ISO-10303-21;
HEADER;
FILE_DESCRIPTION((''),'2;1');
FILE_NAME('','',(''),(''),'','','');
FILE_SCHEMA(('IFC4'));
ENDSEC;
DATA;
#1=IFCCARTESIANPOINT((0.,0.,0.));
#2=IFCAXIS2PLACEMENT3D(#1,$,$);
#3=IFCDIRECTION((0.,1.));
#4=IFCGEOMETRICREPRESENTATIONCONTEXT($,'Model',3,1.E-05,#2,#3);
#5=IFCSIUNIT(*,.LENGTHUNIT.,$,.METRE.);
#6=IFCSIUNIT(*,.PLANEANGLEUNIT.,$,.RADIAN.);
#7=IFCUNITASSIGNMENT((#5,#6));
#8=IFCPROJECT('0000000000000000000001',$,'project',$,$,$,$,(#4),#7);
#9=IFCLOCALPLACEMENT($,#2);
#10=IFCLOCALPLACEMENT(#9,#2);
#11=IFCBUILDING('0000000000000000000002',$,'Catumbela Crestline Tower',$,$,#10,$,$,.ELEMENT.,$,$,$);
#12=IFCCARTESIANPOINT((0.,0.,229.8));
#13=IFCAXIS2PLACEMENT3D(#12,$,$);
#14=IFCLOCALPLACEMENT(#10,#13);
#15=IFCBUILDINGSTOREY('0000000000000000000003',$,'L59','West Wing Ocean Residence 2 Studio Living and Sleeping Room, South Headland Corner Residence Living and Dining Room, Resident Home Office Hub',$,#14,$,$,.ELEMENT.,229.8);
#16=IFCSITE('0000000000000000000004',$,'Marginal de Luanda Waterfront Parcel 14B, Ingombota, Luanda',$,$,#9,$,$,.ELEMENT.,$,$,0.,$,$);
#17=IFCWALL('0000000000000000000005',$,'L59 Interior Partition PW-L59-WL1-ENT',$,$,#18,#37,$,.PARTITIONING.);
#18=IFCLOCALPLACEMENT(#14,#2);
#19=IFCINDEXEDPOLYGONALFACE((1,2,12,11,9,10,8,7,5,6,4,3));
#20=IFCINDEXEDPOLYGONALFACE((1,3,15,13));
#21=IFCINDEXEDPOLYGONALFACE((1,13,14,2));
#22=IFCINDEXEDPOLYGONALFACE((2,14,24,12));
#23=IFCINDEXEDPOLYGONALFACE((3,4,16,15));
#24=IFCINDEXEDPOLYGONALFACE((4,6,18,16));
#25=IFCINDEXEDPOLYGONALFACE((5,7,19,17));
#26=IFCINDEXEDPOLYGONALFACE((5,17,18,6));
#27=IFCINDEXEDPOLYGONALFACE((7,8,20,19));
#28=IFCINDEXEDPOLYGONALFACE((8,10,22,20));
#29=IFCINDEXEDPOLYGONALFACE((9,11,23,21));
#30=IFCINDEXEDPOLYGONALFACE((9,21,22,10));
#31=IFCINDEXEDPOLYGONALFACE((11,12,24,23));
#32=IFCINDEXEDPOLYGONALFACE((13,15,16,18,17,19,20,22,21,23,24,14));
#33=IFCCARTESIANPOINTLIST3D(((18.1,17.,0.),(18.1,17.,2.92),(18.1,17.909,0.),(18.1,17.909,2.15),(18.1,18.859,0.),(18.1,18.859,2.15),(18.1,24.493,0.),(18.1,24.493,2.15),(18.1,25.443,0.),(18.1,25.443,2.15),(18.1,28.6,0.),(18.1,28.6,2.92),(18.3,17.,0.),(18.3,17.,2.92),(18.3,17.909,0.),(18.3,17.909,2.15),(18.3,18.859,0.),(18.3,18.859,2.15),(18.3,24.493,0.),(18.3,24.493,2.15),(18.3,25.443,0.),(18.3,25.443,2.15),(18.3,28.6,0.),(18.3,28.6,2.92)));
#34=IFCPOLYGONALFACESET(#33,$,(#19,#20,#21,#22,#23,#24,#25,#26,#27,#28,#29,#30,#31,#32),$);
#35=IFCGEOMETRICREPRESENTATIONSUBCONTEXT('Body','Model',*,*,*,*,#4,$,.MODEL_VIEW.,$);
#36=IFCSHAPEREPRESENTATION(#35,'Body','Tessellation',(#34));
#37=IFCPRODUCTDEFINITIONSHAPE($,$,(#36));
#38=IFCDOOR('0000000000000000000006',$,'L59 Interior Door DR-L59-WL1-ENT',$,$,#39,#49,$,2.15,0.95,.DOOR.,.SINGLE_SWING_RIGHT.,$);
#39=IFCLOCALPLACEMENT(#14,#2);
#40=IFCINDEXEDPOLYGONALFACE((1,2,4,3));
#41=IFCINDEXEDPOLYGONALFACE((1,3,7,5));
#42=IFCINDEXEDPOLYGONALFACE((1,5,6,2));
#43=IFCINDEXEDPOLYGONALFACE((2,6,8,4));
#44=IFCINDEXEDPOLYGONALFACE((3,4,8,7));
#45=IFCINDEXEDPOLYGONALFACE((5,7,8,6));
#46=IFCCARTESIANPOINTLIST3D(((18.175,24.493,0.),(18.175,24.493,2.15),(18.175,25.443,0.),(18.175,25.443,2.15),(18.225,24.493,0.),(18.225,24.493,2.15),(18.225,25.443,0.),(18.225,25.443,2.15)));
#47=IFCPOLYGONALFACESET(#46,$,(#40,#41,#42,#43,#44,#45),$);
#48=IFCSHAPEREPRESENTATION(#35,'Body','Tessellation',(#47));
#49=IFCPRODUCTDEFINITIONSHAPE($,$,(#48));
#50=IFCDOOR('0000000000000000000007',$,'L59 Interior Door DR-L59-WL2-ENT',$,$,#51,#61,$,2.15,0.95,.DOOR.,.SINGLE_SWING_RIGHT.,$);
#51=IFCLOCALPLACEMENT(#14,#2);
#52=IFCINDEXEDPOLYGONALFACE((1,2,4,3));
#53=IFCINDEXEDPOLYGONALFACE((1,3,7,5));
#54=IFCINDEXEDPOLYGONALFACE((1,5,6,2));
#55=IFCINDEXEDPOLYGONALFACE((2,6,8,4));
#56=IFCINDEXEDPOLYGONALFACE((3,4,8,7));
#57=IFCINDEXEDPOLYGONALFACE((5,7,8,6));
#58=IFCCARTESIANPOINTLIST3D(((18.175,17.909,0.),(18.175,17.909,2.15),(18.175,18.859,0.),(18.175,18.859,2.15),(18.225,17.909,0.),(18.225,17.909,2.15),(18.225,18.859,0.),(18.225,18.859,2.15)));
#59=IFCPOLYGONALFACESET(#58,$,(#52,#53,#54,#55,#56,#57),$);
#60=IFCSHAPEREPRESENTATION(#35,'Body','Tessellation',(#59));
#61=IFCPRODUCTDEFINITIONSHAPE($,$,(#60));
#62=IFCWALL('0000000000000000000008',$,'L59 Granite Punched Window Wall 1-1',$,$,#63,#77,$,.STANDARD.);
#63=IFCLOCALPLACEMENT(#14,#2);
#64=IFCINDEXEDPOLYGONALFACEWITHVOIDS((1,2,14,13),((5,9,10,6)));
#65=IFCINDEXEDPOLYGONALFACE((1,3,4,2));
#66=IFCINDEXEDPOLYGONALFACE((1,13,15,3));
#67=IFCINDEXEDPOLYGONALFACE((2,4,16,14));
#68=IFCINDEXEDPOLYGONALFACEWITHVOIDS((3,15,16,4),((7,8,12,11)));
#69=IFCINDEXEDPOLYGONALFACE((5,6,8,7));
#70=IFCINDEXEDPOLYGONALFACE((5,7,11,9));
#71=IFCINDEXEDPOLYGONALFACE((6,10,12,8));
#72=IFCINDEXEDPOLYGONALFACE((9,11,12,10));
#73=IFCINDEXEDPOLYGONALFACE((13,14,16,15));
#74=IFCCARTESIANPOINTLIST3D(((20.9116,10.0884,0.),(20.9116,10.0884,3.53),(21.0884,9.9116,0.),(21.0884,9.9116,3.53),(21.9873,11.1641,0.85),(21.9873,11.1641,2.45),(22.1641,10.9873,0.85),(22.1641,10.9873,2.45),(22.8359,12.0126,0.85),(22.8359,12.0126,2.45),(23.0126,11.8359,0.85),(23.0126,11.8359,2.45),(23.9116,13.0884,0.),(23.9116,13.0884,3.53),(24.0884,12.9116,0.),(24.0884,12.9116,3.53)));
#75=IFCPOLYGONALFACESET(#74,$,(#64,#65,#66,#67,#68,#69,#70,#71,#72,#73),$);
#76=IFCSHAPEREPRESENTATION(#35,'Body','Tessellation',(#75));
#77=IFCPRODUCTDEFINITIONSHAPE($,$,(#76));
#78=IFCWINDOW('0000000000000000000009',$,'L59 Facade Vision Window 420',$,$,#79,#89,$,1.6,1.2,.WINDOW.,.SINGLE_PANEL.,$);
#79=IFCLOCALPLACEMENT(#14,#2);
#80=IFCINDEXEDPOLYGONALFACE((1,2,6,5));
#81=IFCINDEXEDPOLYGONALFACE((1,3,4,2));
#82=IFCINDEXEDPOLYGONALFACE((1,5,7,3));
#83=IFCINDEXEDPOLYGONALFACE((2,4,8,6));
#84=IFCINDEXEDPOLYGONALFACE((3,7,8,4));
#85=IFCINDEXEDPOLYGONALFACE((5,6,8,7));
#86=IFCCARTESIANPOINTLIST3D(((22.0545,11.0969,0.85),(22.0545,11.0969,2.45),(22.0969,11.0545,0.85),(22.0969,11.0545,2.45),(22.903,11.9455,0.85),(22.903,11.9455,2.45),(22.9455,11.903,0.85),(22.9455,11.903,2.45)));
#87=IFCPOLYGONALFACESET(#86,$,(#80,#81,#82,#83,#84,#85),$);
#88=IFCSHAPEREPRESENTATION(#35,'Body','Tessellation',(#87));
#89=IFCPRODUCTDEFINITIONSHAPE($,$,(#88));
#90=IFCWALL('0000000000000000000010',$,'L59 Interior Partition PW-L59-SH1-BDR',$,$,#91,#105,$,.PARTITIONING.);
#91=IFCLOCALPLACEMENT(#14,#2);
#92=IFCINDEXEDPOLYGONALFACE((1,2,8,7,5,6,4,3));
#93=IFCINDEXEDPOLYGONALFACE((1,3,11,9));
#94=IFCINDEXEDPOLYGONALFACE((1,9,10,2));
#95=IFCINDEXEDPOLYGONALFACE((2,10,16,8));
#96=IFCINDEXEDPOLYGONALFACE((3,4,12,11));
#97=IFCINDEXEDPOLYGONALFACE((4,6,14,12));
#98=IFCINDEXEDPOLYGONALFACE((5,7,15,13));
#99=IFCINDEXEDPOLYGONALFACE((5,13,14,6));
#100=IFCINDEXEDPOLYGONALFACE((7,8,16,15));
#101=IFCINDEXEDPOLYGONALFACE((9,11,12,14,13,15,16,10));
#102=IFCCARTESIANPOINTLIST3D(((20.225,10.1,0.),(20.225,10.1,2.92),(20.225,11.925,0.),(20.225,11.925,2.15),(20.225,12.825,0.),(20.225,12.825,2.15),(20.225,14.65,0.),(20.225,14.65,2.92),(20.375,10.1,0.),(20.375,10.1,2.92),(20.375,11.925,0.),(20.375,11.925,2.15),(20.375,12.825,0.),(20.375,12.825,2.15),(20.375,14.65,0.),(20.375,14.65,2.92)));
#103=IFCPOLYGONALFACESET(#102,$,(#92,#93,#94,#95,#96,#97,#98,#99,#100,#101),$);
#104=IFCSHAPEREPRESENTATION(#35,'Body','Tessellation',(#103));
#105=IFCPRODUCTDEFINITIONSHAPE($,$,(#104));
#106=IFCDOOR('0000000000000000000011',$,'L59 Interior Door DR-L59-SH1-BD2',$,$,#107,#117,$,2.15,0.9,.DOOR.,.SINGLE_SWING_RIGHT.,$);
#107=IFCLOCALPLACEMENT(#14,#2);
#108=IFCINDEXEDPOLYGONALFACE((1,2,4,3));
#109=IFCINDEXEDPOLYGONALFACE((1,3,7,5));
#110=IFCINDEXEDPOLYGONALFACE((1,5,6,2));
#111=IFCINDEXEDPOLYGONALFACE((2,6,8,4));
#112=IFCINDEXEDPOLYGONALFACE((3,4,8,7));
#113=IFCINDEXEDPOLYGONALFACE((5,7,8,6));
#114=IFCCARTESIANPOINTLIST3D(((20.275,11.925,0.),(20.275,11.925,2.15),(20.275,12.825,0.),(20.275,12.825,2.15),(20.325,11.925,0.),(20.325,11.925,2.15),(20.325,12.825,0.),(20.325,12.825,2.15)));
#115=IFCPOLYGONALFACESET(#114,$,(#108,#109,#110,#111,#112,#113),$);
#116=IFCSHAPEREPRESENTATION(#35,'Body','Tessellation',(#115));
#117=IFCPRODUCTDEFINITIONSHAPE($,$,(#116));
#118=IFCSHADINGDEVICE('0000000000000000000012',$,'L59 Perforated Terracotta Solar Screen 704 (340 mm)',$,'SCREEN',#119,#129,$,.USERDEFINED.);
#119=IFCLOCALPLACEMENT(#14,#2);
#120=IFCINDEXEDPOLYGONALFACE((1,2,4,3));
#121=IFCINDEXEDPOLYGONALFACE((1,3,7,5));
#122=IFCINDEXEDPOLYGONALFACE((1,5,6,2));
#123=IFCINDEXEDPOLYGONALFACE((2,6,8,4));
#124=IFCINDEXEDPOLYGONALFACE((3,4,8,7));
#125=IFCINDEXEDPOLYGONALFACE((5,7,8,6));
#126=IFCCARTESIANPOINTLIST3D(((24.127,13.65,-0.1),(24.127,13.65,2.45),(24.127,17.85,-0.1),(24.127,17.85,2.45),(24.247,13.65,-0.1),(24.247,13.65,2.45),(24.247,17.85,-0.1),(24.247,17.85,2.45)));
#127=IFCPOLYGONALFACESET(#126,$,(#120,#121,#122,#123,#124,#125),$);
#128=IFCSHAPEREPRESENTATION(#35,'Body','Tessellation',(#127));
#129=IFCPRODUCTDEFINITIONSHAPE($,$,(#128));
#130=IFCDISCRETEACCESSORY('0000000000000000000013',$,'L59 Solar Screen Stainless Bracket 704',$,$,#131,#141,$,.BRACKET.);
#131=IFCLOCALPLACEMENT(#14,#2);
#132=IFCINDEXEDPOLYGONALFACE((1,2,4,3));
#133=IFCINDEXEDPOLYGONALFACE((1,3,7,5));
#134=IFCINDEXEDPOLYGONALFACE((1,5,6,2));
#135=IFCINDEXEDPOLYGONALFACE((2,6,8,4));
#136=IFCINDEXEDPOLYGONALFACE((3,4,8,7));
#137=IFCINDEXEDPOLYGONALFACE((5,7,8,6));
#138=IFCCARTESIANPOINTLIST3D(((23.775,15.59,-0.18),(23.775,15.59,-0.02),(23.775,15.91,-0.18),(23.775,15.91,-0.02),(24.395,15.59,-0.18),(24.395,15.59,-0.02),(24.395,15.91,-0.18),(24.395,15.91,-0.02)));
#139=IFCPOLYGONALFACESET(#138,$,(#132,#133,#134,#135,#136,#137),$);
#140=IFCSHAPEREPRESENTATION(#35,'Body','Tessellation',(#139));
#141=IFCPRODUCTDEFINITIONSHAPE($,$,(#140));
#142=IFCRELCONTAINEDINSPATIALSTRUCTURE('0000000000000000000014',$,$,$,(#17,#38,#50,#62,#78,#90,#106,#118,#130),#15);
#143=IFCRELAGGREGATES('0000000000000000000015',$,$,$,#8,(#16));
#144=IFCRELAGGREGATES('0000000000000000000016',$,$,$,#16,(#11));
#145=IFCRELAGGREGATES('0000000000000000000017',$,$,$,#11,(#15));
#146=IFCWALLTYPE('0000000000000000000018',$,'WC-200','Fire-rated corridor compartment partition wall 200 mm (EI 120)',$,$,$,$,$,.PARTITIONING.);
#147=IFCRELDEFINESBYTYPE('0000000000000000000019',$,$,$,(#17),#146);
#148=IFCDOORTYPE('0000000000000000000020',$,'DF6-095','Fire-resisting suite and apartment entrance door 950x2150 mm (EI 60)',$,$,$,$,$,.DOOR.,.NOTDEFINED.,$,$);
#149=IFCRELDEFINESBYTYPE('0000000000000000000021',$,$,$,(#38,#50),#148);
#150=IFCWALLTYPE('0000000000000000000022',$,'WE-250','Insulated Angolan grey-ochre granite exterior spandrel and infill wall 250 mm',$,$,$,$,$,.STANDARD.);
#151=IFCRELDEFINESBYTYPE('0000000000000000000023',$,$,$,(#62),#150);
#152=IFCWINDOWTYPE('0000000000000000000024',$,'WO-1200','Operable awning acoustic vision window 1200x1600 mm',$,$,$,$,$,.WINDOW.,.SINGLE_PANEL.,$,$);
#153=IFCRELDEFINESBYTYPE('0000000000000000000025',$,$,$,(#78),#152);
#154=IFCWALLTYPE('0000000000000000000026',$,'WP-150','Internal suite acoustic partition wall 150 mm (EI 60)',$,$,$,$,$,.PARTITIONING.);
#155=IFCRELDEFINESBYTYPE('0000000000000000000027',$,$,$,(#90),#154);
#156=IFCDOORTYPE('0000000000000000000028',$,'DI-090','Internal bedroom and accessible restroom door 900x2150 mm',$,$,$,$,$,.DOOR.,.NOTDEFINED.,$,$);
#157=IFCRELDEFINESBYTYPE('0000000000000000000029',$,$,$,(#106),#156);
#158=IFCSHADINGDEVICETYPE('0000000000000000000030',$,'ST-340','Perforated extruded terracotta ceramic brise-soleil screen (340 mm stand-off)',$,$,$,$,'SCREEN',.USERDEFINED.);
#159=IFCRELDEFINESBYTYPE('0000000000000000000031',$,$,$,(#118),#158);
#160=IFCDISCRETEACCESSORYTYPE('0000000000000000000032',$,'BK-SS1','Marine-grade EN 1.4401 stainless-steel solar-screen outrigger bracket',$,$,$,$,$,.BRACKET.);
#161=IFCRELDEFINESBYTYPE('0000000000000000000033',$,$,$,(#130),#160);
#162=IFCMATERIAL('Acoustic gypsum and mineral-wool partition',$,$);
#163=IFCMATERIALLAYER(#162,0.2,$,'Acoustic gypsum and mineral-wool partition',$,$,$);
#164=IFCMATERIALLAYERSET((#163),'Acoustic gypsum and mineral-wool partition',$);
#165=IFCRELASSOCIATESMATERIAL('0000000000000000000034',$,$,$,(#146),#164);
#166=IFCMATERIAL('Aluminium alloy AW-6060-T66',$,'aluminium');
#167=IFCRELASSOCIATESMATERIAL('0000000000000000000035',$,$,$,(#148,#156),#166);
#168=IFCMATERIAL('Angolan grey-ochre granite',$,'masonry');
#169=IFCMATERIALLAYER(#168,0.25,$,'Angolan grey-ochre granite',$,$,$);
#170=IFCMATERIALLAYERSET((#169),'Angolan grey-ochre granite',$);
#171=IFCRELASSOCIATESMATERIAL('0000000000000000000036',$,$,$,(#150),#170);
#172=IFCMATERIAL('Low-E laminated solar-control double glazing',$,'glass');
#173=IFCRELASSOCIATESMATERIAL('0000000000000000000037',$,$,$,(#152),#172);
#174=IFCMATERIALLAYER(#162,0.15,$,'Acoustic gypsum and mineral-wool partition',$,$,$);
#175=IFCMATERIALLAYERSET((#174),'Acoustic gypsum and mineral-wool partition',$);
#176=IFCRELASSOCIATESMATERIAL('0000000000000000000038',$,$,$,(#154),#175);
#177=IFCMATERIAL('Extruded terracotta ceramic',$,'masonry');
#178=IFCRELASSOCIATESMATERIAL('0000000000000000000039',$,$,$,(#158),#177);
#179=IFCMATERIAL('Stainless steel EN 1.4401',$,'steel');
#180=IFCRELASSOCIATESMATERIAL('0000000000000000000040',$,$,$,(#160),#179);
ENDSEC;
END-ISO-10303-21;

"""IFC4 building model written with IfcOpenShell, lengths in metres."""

from ifc_helpers import new_model, si_unit, direction, frame, frame_2d, origin, origin_2d, place, context, subcontext, project, spatial, rectangle, extrude, material, layer, layer_set, type_object, element, fill, save


model = new_model("IFC4")

# Units and contexts
model_context = context("Model", 3, precision=1e-05, world=origin(), true_north=direction((0.0, 1.0)))
body_context = subcontext(model_context, "Body", "Model", "MODEL_VIEW")
ifc_project = project(units=[si_unit("LENGTHUNIT", "METRE"), si_unit("PLANEANGLEUNIT", "RADIAN")], contexts=[model_context])

# Site, building, storey
site_placement = place(None, origin())
site = spatial("IfcSite", under=ifc_project, at=site_placement, Name="Marginal de Luanda Waterfront Parcel 14B, Ingombota, Luanda", CompositionType="ELEMENT", RefElevation=0.0)
building_placement = place(site_placement, origin())
building = spatial("IfcBuilding", under=site, at=building_placement, Name="Catumbela Crestline Tower", CompositionType="ELEMENT")
storey_placement = place(building_placement, frame((0.0, 0.0, 229.8)))
storey = spatial("IfcBuildingStorey", under=building, at=storey_placement, Name="L59", Description="West Wing Ocean Residence 2 Studio Living and Sleeping Room, South Headland Corner Residence Living and Dining Room, Resident Home Office Hub", CompositionType="ELEMENT", Elevation=229.8)

# Shared definitions
ifc_material_1 = material(Name="Aluminium alloy AW-6060-T66", Category="aluminium")

# Shared definitions
ifc_material_2 = material(Name="Low-E laminated solar-control double glazing", Category="glass")

# Wall, openings, doors
ifc_material_3 = material(Name="Acoustic gypsum and mineral-wool partition")
ifc_layer_1 = layer(ifc_material_3, 0.2, Name="Acoustic gypsum and mineral-wool partition")
ifc_layer_set_1 = layer_set([ifc_layer_1], Name="Acoustic gypsum and mineral-wool partition")
wall_type_1 = type_object("IfcWallType", Name="WC-200", Description="Fire-rated corridor compartment partition wall 200 mm (EI 120)", PredefinedType="PARTITIONING", material=ifc_layer_set_1)
wall_1_placement = place(storey_placement, frame((18.2, 17.0, 0.0), z_axis=(0.0, 0.0, 1.0), x_axis=(0.0, 1.0, 0.0)))
wall_1 = element("IfcWall", 1, at=wall_1_placement, inside=storey, type_object=wall_type_1, Name="L59 Interior Partition PW-L59-WL1-ENT", PredefinedType="PARTITIONING", context=body_context, shape_type="SweptSolid", body=[
    extrude(rectangle(XDim=11.6, YDim=0.2, at=frame_2d((5.8, 0.0))), origin(), (0.0, 0.0, 1.0), 2.92),
])
opening_1_placement = place(wall_1_placement, frame((7.493, 0.0, 0.0)))
opening_1 = element("IfcOpeningElement", 2, at=opening_1_placement, cuts=wall_1, PredefinedType="OPENING", context=body_context, shape_type="SweptSolid", body=[
    extrude(rectangle(XDim=0.95, YDim=2.15, at=frame_2d((0.475, 1.075))), frame((0.0, 0.11, 0.0), z_axis=(0.0, -1.0, 0.0), x_axis=(1.0, 0.0, 0.0)), (0.0, 0.0, 1.0), 0.22),
])
opening_2_placement = place(wall_1_placement, frame((0.909, 0.0, 0.0)))
opening_2 = element("IfcOpeningElement", 3, at=opening_2_placement, cuts=wall_1, PredefinedType="OPENING", context=body_context, shape_type="SweptSolid", body=[
    extrude(rectangle(XDim=0.95, YDim=2.15, at=frame_2d((0.475, 1.075))), frame((0.0, 0.11, 0.0), z_axis=(0.0, -1.0, 0.0), x_axis=(1.0, 0.0, 0.0)), (0.0, 0.0, 1.0), 0.22),
])
door_type_1 = type_object("IfcDoorType", Name="DF6-095", Description="Fire-resisting suite and apartment entrance door 950x2150 mm (EI 60)", OperationType="NOTDEFINED", PredefinedType="DOOR", material=ifc_material_1)
door_1_placement = place(opening_1_placement, origin())
door_1 = element("IfcDoor", 4, at=door_1_placement, inside=storey, type_object=door_type_1, Name="L59 Interior Door DR-L59-WL1-ENT", OperationType="SINGLE_SWING_RIGHT", OverallHeight=2.15, OverallWidth=0.95, PredefinedType="DOOR", context=body_context, shape_type="SweptSolid", body=[
    extrude(rectangle(XDim=0.95, YDim=2.15, at=frame_2d((0.475, 1.075))), frame((0.0, 0.025, 0.0), z_axis=(0.0, -1.0, 0.0), x_axis=(1.0, 0.0, 0.0)), (0.0, 0.0, 1.0), 0.05),
])
fill(opening_1, door_1)
door_2_placement = place(opening_2_placement, origin())
door_2 = element("IfcDoor", 5, at=door_2_placement, inside=storey, type_object=door_type_1, Name="L59 Interior Door DR-L59-WL2-ENT", OperationType="SINGLE_SWING_RIGHT", OverallHeight=2.15, OverallWidth=0.95, PredefinedType="DOOR", context=body_context, shape_type="SweptSolid", body=[
    extrude(rectangle(XDim=0.95, YDim=2.15, at=frame_2d((0.475, 1.075))), frame((0.0, 0.025, 0.0), z_axis=(0.0, -1.0, 0.0), x_axis=(1.0, 0.0, 0.0)), (0.0, 0.0, 1.0), 0.05),
])
fill(opening_2, door_2)

# Wall, opening, window
ifc_material_4 = material(Name="Angolan grey-ochre granite", Category="masonry")
ifc_layer_2 = layer(ifc_material_4, 0.25, Name="Angolan grey-ochre granite")
ifc_layer_set_2 = layer_set([ifc_layer_2], Name="Angolan grey-ochre granite")
wall_type_2 = type_object("IfcWallType", Name="WE-250", Description="Insulated Angolan grey-ochre granite exterior spandrel and infill wall 250 mm", PredefinedType="STANDARD", material=ifc_layer_set_2)
wall_2_placement = place(storey_placement, frame((21.0, 10.0, 0.0), z_axis=(0.0, 0.0, 1.0), x_axis=(0.707107, 0.707107, 0.0)))
wall_2 = element("IfcWall", 6, at=wall_2_placement, inside=storey, type_object=wall_type_2, Name="L59 Granite Punched Window Wall 1-1", PredefinedType="STANDARD", context=body_context, shape_type="SweptSolid", body=[
    extrude(rectangle(XDim=4.2426, YDim=0.25, at=frame_2d((2.1213, 0.0))), origin(), (0.0, 0.0, 1.0), 3.53),
])
opening_3_placement = place(wall_2_placement, frame((1.5213, 0.0, 0.85)))
opening_3 = element("IfcOpeningElement", 7, at=opening_3_placement, cuts=wall_2, PredefinedType="OPENING", context=body_context, shape_type="SweptSolid", body=[
    extrude(rectangle(XDim=1.2, YDim=1.6, at=frame_2d((0.6, 0.8))), frame((0.0, 0.135, 0.0), z_axis=(0.0, -1.0, 0.0), x_axis=(1.0, 0.0, 0.0)), (0.0, 0.0, 1.0), 0.27),
])
window_type = type_object("IfcWindowType", Name="WO-1200", Description="Operable awning acoustic vision window 1200x1600 mm", PartitioningType="SINGLE_PANEL", PredefinedType="WINDOW", material=ifc_material_2)
window_placement = place(opening_3_placement, origin())
window = element("IfcWindow", 8, at=window_placement, inside=storey, type_object=window_type, Name="L59 Facade Vision Window 420", OverallHeight=1.6, OverallWidth=1.2, PartitioningType="SINGLE_PANEL", PredefinedType="WINDOW", context=body_context, shape_type="SweptSolid", body=[
    extrude(rectangle(XDim=1.2, YDim=1.6, at=frame_2d((0.6, 0.8))), frame((0.0, 0.03, 0.0), z_axis=(0.0, -1.0, 0.0), x_axis=(1.0, 0.0, 0.0)), (0.0, 0.0, 1.0), 0.06),
])
fill(opening_3, window)

# Wall, opening, door
ifc_layer_3 = layer(ifc_material_3, 0.15, Name="Acoustic gypsum and mineral-wool partition")
ifc_layer_set_3 = layer_set([ifc_layer_3], Name="Acoustic gypsum and mineral-wool partition")
wall_type_3 = type_object("IfcWallType", Name="WP-150", Description="Internal suite acoustic partition wall 150 mm (EI 60)", PredefinedType="PARTITIONING", material=ifc_layer_set_3)
wall_3_placement = place(storey_placement, frame((20.3, 10.1, 0.0), z_axis=(0.0, 0.0, 1.0), x_axis=(0.0, 1.0, 0.0)))
wall_3 = element("IfcWall", 9, at=wall_3_placement, inside=storey, type_object=wall_type_3, Name="L59 Interior Partition PW-L59-SH1-BDR", PredefinedType="PARTITIONING", context=body_context, shape_type="SweptSolid", body=[
    extrude(rectangle(XDim=4.55, YDim=0.15, at=frame_2d((2.275, 0.0))), origin(), (0.0, 0.0, 1.0), 2.92),
])
opening_4_placement = place(wall_3_placement, frame((1.825, 0.0, 0.0)))
opening_4 = element("IfcOpeningElement", 10, at=opening_4_placement, cuts=wall_3, PredefinedType="OPENING", context=body_context, shape_type="SweptSolid", body=[
    extrude(rectangle(XDim=0.9, YDim=2.15, at=frame_2d((0.45, 1.075))), frame((0.0, 0.085, 0.0), z_axis=(0.0, -1.0, 0.0), x_axis=(1.0, 0.0, 0.0)), (0.0, 0.0, 1.0), 0.17),
])
door_type_2 = type_object("IfcDoorType", Name="DI-090", Description="Internal bedroom and accessible restroom door 900x2150 mm", OperationType="NOTDEFINED", PredefinedType="DOOR", material=ifc_material_1)
door_3_placement = place(opening_4_placement, origin())
door_3 = element("IfcDoor", 11, at=door_3_placement, inside=storey, type_object=door_type_2, Name="L59 Interior Door DR-L59-SH1-BD2", OperationType="SINGLE_SWING_RIGHT", OverallHeight=2.15, OverallWidth=0.9, PredefinedType="DOOR", context=body_context, shape_type="SweptSolid", body=[
    extrude(rectangle(XDim=0.9, YDim=2.15, at=frame_2d((0.45, 1.075))), frame((0.0, 0.025, 0.0), z_axis=(0.0, -1.0, 0.0), x_axis=(1.0, 0.0, 0.0)), (0.0, 0.0, 1.0), 0.05),
])
fill(opening_4, door_3)

# Shading device
ifc_material_5 = material(Name="Extruded terracotta ceramic", Category="masonry")
shading_device_type = type_object("IfcShadingDeviceType", Name="ST-340", Description="Perforated extruded terracotta ceramic brise-soleil screen (340 mm stand-off)", ElementType="SCREEN", PredefinedType="USERDEFINED", material=ifc_material_5)
shading_device_placement = place(storey_placement, frame((24.187, 15.75, -0.1), z_axis=(0.0, 0.0, 1.0), x_axis=(0.0, 1.0, 0.0)))
element("IfcShadingDevice", 12, at=shading_device_placement, inside=storey, type_object=shading_device_type, Name="L59 Perforated Terracotta Solar Screen 704 (340 mm)", ObjectType="SCREEN", PredefinedType="USERDEFINED", context=body_context, shape_type="SweptSolid", body=[
    extrude(rectangle(XDim=4.2, YDim=0.12, at=origin_2d()), origin(), (0.0, 0.0, 1.0), 2.55),
])

# Discrete accessory
ifc_material_6 = material(Name="Stainless steel EN 1.4401", Category="steel")
discrete_accessory_type = type_object("IfcDiscreteAccessoryType", Name="BK-SS1", Description="Marine-grade EN 1.4401 stainless-steel solar-screen outrigger bracket", PredefinedType="BRACKET", material=ifc_material_6)
discrete_accessory_placement = place(storey_placement, frame((24.085, 15.75, -0.18), z_axis=(0.0, 0.0, 1.0), x_axis=(0.0, 1.0, 0.0)))
element("IfcDiscreteAccessory", 13, at=discrete_accessory_placement, inside=storey, type_object=discrete_accessory_type, Name="L59 Solar Screen Stainless Bracket 704", PredefinedType="BRACKET", context=body_context, shape_type="SweptSolid", body=[
    extrude(rectangle(XDim=0.32, YDim=0.62, at=origin_2d()), origin(), (0.0, 0.0, 1.0), 0.16),
])

save(model, "model.ifc")
